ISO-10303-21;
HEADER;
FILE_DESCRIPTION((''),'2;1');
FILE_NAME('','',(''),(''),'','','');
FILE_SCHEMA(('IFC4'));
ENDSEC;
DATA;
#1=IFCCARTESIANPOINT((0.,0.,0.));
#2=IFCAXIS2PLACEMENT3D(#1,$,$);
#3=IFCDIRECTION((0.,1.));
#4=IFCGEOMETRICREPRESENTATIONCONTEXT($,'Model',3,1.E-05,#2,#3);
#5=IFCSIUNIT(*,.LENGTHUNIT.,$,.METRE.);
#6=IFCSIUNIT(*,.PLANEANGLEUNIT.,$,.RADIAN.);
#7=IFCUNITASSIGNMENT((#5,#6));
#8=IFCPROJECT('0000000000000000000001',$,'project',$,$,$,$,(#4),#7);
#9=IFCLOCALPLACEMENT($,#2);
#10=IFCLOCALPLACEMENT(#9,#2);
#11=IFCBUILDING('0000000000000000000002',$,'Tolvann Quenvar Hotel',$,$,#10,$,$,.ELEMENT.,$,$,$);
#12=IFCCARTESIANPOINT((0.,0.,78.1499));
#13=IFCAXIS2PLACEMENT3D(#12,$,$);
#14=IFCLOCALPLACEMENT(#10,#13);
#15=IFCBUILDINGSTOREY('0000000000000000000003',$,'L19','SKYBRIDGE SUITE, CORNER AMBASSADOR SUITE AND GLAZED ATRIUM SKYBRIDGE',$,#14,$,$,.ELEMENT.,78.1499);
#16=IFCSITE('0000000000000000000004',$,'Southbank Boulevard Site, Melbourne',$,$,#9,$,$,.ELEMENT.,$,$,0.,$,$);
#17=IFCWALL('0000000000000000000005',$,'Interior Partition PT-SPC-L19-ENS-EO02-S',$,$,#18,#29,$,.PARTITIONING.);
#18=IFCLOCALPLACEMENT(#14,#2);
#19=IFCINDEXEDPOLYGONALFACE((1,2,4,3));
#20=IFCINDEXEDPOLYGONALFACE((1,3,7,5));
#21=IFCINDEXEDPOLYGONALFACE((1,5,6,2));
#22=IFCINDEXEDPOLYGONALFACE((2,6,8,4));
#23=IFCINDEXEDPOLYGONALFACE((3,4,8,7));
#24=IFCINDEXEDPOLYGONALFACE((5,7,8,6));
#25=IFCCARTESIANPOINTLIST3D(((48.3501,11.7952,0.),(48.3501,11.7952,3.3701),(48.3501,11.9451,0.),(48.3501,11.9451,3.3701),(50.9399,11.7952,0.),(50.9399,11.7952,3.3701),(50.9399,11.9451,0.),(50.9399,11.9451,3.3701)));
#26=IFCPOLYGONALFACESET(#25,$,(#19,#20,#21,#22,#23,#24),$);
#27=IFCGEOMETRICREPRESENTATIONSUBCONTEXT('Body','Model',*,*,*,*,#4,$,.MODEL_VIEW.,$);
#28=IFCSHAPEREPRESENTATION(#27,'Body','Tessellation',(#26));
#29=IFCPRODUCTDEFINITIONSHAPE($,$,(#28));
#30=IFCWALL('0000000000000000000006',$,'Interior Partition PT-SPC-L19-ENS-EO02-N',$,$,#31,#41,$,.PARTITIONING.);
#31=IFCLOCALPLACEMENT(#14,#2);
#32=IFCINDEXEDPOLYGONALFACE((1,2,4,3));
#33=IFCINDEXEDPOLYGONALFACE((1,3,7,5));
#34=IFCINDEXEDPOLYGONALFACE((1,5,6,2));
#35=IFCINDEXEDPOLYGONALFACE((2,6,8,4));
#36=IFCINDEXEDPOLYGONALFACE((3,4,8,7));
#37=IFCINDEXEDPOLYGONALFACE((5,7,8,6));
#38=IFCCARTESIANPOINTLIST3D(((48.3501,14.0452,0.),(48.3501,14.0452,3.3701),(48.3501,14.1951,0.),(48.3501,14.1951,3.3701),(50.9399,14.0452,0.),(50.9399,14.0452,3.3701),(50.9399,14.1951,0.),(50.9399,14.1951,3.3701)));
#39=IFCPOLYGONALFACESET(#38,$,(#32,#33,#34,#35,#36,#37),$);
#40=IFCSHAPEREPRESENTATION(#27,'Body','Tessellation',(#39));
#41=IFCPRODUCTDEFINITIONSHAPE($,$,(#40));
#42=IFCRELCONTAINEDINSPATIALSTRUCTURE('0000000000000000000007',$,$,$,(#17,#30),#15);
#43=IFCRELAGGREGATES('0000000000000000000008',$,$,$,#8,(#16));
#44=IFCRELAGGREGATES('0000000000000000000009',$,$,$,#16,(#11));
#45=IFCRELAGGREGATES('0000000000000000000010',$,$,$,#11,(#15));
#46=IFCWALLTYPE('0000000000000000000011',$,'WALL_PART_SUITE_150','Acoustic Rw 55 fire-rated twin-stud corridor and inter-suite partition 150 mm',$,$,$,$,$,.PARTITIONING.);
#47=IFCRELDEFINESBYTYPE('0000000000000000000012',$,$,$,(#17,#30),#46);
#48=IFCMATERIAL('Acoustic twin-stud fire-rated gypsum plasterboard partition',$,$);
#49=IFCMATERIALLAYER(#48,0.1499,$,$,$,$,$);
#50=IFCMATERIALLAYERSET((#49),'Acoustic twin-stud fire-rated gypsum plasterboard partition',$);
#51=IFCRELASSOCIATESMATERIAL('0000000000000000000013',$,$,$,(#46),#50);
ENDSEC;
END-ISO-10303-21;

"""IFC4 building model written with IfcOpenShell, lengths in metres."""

from ifc_helpers import new_model, si_unit, direction, frame, frame_2d, origin, place, context, subcontext, project, spatial, rectangle, extrude, material, layer, layer_set, type_object, element, save


model = new_model("IFC4")

# Units and contexts
model_context = context("Model", 3, precision=1e-05, world=origin(), true_north=direction((0.0, 1.0)))
body_context = subcontext(model_context, "Body", "Model", "MODEL_VIEW")
ifc_project = project(units=[si_unit("LENGTHUNIT", "METRE"), si_unit("PLANEANGLEUNIT", "RADIAN")], contexts=[model_context])

# Site, building, storey
site_placement = place(None, origin())
site = spatial("IfcSite", under=ifc_project, at=site_placement, Name="Southbank Boulevard Site, Melbourne", CompositionType="ELEMENT", RefElevation=0.0)
building_placement = place(site_placement, origin())
building = spatial("IfcBuilding", under=site, at=building_placement, Name="Tolvann Quenvar Hotel", CompositionType="ELEMENT")
storey_placement = place(building_placement, frame((0.0, 0.0, 78.1499)))
storey = spatial("IfcBuildingStorey", under=building, at=storey_placement, Name="L19", Description="SKYBRIDGE SUITE, CORNER AMBASSADOR SUITE AND GLAZED ATRIUM SKYBRIDGE", CompositionType="ELEMENT", Elevation=78.1499)

# Shared definitions
ifc_material_1 = material(Name="Acoustic twin-stud fire-rated gypsum plasterboard partition")
ifc_layer_1 = layer(ifc_material_1, 0.1499)
ifc_layer_set_1 = layer_set([ifc_layer_1], Name="Acoustic twin-stud fire-rated gypsum plasterboard partition")
wall_type_1 = type_object("IfcWallType", Name="WALL_PART_SUITE_150", Description="Acoustic Rw 55 fire-rated twin-stud corridor and inter-suite partition 150 mm", PredefinedType="PARTITIONING", material=ifc_layer_set_1)

# Walls
for number, where, z_axis, x_axis, name in (
    (1, (48.3501, 11.8701, 0.0), (0.0, 0.0, 1.0), (1.0, 0.0, 0.0), "Interior Partition PT-SPC-L19-ENS-EO02-S"),
    (2, (48.3501, 14.1201, 0.0), (0.0, 0.0, 1.0), (1.0, 0.0, 0.0), "Interior Partition PT-SPC-L19-ENS-EO02-N"),
):
    element("IfcWall", number, at=place(storey_placement, frame(where, z_axis=z_axis, x_axis=x_axis)), inside=storey, type_object=wall_type_1, Name=name, PredefinedType="PARTITIONING", context=body_context, shape_type="SweptSolid", body=[
        extrude(rectangle(XDim=2.5898, YDim=0.1499, at=frame_2d((1.2949, 0.0))), origin(), (0.0, 0.0, 1.0), 3.3701),
    ])

save(model, "model.ifc")
